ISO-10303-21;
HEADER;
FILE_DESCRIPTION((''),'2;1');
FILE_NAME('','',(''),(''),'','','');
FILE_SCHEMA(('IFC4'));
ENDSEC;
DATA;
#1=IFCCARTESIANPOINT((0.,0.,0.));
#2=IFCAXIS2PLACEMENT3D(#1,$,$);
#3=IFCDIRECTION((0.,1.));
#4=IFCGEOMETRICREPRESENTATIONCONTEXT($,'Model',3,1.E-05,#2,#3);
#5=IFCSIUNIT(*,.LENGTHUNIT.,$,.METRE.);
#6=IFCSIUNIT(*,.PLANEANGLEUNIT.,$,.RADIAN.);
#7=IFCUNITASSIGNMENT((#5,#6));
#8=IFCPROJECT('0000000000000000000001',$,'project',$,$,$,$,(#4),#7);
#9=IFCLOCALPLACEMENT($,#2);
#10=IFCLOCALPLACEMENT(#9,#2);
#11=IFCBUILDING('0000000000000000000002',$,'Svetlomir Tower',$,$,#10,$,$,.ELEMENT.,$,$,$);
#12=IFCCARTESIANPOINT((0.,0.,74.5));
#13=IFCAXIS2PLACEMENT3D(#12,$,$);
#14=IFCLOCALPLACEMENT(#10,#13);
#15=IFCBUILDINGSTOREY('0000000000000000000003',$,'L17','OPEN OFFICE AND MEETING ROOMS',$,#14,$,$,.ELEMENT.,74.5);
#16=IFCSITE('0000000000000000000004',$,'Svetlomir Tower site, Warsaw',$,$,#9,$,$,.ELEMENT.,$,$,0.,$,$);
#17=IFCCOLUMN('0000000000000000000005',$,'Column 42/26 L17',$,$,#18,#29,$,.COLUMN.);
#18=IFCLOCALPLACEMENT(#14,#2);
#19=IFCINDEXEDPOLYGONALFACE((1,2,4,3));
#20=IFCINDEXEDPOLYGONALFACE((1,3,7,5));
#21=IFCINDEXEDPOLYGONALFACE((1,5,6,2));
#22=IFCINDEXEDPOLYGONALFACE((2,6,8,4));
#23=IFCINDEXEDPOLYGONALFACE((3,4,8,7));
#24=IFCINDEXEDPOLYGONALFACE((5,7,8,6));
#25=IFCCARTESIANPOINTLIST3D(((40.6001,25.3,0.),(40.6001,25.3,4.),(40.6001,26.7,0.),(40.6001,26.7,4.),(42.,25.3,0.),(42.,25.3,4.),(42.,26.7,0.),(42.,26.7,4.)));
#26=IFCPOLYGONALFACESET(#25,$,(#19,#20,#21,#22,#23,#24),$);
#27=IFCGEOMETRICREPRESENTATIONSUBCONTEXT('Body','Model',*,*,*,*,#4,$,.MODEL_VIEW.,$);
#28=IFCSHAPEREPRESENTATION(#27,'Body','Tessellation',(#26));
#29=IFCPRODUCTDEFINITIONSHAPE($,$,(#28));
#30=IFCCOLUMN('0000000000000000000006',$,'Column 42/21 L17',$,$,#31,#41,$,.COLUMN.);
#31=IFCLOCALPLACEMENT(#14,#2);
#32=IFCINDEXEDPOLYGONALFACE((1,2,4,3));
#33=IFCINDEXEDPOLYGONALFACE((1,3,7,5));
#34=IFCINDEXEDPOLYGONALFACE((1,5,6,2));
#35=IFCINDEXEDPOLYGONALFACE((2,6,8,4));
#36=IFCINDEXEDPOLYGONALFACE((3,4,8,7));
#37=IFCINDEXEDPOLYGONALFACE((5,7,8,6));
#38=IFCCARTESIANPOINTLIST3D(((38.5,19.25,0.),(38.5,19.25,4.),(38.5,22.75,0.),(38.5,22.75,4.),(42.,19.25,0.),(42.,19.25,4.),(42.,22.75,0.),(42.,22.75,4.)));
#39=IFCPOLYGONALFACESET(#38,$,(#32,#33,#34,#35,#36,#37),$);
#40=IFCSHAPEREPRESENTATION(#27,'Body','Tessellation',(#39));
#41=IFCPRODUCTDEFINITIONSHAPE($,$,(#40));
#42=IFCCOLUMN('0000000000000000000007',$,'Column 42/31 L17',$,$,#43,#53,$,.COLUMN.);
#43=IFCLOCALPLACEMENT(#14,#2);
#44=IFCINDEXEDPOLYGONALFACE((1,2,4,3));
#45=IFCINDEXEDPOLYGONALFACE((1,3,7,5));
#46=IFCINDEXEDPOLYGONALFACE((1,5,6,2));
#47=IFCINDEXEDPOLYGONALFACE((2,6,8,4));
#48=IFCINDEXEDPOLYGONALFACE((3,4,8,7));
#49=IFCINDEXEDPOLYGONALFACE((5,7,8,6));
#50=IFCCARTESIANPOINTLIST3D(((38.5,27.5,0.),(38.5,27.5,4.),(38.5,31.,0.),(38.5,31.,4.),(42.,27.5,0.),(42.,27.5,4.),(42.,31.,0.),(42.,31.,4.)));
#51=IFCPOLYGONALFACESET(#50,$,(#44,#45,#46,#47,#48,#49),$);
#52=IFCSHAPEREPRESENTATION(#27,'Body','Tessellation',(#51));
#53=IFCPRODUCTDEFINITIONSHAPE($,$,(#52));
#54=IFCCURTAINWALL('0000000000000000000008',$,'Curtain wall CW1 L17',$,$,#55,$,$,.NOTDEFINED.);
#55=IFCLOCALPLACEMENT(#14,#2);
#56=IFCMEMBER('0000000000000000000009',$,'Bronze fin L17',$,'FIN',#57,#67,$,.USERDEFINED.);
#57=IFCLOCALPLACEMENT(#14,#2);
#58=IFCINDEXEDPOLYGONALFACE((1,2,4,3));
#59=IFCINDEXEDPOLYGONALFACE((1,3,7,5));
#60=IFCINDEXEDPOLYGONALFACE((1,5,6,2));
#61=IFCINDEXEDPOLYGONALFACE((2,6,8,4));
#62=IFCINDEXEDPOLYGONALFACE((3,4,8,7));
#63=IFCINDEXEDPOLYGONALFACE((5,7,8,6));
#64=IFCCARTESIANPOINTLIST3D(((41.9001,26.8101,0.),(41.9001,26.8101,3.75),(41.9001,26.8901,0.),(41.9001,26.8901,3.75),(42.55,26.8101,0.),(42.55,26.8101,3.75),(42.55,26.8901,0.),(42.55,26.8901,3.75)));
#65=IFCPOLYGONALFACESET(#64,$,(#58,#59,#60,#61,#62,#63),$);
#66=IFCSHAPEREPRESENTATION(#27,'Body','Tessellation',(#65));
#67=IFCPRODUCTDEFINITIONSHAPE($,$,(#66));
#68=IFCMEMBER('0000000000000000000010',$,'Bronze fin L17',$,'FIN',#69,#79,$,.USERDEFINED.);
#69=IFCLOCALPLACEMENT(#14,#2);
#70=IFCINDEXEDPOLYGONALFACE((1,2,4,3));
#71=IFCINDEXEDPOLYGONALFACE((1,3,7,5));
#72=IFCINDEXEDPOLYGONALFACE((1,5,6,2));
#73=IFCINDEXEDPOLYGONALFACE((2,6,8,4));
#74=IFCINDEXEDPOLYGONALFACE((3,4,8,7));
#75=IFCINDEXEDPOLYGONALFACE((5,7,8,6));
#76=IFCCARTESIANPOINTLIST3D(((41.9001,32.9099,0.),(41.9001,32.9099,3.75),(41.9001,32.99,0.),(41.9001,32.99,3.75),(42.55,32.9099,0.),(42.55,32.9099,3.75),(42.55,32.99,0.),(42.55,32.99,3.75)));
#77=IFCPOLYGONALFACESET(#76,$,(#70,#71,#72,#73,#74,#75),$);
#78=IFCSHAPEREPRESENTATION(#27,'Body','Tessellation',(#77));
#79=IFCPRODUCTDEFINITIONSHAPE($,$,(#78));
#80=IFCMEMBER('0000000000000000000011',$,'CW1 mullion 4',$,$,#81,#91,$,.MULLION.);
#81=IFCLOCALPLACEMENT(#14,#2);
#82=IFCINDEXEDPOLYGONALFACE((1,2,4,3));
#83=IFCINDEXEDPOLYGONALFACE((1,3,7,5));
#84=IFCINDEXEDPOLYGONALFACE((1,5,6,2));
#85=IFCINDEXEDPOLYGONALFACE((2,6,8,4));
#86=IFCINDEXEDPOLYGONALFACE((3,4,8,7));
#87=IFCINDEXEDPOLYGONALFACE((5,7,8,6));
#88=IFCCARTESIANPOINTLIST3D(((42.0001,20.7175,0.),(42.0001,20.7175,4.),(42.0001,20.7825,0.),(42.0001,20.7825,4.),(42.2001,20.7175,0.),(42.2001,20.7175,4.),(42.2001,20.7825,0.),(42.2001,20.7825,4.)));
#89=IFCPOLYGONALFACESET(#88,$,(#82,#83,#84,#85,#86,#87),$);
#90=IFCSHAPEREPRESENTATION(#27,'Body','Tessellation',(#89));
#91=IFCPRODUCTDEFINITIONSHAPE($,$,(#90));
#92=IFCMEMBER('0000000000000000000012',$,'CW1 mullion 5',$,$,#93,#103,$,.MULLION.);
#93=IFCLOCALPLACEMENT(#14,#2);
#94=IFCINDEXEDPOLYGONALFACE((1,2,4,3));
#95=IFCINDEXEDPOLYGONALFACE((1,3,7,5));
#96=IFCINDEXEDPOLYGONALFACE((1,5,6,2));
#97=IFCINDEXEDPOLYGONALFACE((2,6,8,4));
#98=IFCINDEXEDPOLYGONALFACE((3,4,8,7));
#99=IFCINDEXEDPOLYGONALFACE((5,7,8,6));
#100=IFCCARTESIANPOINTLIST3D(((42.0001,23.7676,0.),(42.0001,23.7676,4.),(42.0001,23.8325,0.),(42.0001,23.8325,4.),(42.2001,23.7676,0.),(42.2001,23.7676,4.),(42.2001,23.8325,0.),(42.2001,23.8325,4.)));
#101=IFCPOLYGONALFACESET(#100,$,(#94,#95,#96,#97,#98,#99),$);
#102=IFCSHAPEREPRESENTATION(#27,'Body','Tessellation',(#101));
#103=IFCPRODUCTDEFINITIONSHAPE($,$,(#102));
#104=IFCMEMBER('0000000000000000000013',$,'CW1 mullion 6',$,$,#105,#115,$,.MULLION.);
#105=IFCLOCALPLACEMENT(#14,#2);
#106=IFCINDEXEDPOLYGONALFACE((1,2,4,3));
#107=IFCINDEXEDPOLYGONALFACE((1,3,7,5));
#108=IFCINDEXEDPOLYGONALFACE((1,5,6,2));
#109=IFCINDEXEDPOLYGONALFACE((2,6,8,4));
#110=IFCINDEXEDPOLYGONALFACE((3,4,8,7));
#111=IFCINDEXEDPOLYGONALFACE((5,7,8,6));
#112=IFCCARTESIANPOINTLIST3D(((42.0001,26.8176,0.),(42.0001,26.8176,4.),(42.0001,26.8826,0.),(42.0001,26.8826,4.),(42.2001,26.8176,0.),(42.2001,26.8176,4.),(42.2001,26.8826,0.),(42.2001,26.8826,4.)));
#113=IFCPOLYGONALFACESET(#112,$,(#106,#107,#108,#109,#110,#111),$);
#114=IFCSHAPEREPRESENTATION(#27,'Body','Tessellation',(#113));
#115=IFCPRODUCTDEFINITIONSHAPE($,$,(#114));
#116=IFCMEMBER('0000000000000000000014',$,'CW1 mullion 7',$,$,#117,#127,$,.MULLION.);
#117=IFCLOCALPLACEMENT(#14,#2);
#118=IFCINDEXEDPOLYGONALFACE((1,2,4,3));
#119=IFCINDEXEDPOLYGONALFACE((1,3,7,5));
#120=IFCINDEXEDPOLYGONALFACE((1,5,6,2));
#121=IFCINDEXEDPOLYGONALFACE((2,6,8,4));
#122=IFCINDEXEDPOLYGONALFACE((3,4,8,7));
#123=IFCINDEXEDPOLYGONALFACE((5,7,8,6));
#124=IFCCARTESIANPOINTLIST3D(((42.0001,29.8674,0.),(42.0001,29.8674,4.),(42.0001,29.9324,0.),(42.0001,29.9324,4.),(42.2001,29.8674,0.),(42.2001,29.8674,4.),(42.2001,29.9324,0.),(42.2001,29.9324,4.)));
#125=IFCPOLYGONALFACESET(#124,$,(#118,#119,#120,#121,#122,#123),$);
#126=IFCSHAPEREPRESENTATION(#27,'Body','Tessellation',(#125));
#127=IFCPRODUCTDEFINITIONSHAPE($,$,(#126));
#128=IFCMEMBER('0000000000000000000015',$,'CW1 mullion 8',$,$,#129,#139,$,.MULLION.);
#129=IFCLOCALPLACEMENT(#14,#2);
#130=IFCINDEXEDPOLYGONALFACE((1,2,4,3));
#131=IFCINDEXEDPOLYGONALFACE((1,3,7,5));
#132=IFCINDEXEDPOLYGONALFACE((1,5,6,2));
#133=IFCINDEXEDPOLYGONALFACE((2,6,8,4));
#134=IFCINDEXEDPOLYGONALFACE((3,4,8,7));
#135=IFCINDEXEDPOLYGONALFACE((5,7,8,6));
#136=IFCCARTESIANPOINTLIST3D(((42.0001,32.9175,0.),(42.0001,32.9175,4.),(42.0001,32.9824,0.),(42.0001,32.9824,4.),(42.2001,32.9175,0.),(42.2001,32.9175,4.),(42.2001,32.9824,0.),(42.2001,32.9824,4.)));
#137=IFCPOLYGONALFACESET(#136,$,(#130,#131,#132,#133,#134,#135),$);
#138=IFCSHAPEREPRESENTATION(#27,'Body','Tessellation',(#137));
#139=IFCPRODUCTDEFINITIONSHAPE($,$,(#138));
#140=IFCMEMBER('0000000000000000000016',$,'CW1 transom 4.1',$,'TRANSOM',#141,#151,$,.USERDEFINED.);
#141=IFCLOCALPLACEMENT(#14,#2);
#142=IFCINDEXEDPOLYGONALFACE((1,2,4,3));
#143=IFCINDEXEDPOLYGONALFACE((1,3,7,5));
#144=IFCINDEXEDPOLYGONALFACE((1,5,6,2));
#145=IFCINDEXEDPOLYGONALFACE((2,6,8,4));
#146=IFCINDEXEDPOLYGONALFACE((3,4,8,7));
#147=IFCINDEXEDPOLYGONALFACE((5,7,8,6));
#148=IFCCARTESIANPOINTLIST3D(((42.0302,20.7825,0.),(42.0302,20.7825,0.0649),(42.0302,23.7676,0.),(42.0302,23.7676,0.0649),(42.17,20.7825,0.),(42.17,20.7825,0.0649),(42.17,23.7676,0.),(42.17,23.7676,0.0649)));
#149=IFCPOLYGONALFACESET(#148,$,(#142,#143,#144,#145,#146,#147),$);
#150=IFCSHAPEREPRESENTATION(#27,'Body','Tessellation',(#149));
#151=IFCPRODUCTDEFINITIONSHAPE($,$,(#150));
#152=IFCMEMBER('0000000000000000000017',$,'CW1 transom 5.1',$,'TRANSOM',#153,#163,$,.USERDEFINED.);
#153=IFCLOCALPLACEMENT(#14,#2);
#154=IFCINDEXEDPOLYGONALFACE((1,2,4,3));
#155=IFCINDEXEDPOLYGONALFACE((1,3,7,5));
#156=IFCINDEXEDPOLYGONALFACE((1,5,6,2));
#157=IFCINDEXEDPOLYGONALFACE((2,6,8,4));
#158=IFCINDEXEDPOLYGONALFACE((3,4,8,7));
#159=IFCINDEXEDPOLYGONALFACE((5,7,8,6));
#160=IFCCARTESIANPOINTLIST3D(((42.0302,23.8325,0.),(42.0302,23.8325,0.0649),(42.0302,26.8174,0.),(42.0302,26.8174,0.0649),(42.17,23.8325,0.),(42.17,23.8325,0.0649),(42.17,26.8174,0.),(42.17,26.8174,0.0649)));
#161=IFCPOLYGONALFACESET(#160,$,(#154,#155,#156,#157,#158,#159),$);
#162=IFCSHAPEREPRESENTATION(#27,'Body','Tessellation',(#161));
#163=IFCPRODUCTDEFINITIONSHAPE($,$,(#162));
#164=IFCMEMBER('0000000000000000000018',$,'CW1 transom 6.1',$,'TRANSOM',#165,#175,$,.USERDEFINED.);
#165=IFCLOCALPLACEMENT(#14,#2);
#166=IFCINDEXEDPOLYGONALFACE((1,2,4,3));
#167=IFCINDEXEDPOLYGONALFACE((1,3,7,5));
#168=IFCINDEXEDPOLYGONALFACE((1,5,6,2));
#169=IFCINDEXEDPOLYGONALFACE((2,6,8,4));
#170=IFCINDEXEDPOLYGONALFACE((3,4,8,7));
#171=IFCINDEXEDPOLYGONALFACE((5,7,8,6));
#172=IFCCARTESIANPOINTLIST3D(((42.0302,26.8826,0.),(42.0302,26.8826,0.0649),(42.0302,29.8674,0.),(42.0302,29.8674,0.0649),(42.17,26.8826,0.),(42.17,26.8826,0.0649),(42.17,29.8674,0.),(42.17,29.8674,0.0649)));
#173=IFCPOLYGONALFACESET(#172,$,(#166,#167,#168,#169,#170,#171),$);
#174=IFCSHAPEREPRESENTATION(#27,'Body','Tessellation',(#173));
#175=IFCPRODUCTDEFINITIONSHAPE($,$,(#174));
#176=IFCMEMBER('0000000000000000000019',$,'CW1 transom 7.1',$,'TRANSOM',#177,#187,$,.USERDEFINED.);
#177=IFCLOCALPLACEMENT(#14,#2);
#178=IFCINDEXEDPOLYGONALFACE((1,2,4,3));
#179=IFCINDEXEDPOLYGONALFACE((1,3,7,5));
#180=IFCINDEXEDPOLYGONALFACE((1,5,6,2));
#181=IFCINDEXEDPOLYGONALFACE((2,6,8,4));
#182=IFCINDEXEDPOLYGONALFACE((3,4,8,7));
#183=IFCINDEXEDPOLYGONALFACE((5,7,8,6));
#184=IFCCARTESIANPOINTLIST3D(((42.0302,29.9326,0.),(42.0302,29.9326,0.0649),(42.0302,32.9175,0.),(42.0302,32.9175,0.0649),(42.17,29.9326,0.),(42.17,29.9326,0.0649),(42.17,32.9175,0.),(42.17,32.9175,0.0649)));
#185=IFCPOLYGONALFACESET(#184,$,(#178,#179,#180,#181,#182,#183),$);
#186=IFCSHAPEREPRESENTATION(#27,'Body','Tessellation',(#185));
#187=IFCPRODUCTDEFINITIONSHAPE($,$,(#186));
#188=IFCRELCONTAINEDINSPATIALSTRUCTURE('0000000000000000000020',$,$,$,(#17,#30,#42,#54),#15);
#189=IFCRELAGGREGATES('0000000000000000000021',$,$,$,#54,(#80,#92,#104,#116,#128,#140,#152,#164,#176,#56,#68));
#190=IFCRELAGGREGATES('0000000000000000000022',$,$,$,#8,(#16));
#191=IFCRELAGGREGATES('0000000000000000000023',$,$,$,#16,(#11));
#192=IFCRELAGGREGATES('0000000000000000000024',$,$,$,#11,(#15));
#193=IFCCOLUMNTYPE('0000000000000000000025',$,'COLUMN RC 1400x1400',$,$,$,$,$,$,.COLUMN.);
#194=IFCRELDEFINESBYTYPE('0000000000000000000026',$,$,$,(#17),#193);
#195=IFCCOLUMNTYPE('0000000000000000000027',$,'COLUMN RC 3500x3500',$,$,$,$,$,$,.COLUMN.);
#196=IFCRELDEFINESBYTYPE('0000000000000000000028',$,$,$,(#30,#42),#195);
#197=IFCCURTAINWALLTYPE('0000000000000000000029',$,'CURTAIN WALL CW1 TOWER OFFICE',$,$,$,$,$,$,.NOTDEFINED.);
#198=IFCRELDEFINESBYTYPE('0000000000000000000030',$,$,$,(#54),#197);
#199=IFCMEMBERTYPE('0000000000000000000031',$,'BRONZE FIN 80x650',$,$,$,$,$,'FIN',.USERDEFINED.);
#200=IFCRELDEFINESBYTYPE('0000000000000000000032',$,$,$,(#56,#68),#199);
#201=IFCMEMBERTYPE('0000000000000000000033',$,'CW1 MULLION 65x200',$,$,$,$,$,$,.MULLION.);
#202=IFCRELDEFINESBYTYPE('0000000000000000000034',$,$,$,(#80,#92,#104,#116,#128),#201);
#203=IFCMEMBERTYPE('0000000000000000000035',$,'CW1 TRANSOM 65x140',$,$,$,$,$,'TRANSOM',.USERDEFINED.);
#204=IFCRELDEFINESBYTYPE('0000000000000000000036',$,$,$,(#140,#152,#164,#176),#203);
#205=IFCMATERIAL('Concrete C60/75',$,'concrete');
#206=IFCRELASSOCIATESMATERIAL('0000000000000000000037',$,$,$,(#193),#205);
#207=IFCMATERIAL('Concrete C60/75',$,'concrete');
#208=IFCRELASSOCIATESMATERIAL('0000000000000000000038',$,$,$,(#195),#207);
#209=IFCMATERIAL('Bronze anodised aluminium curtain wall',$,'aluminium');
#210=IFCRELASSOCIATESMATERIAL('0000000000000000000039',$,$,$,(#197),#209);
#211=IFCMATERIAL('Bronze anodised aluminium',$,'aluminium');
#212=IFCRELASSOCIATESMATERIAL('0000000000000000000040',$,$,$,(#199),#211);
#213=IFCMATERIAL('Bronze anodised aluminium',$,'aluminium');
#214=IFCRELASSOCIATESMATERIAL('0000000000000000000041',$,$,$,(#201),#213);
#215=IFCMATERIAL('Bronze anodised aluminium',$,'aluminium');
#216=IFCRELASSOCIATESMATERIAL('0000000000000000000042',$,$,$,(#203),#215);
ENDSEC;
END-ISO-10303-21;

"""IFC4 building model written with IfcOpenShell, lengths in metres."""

from ifc_helpers import new_model, si_unit, direction, frame, origin, origin_2d, place, context, subcontext, project, spatial, rectangle, extrude, material, material_profile, profile_set, type_object, element, aggregate, save


model = new_model("IFC4")

# Units and contexts
model_context = context("Model", 3, precision=1e-05, world=origin(), true_north=direction((0.0, 1.0)))
body_context = subcontext(model_context, "Body", "Model", "MODEL_VIEW")
ifc_project = project(units=[si_unit("LENGTHUNIT", "METRE"), si_unit("PLANEANGLEUNIT", "RADIAN")], contexts=[model_context])

# Site, building, storey
site_placement = place(None, origin())
site = spatial("IfcSite", under=ifc_project, at=site_placement, Name="Svetlomir Tower site, Warsaw", CompositionType="ELEMENT", RefElevation=0.0)
building_placement = place(site_placement, origin())
building = spatial("IfcBuilding", under=site, at=building_placement, Name="Svetlomir Tower", CompositionType="ELEMENT")
storey_placement = place(building_placement, frame((0.0, 0.0, 74.5)))
storey = spatial("IfcBuildingStorey", under=building, at=storey_placement, Name="L17", Description="OPEN OFFICE AND MEETING ROOMS", CompositionType="ELEMENT", Elevation=74.5)

# Columns
ifc_material_1 = material(Name="Concrete C60/75", Category="concrete")
ifc_material_profile_1 = material_profile(ifc_material_1, rectangle(XDim=1.3999, YDim=1.3999, at=origin_2d()), Name="RC 1400x1400")
ifc_profile_set_1 = profile_set([ifc_material_profile_1], Name="Concrete C60/75")
column_type_1 = type_object("IfcColumnType", Name="COLUMN RC 1400x1400", PredefinedType="COLUMN", material=ifc_profile_set_1)
column_placement = place(storey_placement, frame((41.3, 26.0, 0.0), z_axis=(0.0, 0.0, 1.0), x_axis=(1.0, 0.0, 0.0)))
element("IfcColumn", 1, at=column_placement, inside=storey, type_object=column_type_1, Name="Column 42/26 L17", PredefinedType="COLUMN", context=body_context, shape_type="SweptSolid", body=[
    extrude(rectangle(XDim=1.3999, YDim=1.3999, at=origin_2d()), origin(), (0.0, 0.0, 1.0), 4.0),
])
ifc_material_2 = material(Name="Concrete C60/75", Category="concrete")
ifc_material_profile_2 = material_profile(ifc_material_2, rectangle(XDim=3.5, YDim=3.5, at=origin_2d()), Name="RC 3500x3500")
ifc_profile_set_2 = profile_set([ifc_material_profile_2], Name="Concrete C60/75")
column_type_2 = type_object("IfcColumnType", Name="COLUMN RC 3500x3500", PredefinedType="COLUMN", material=ifc_profile_set_2)
for number, where, z_axis, x_axis, name in (
    (2, (40.25, 21.0, 0.0), (0.0, 0.0, 1.0), (1.0, 0.0, 0.0), "Column 42/21 L17"),
    (3, (40.25, 29.25, 0.0), (0.0, 0.0, 1.0), (1.0, 0.0, 0.0), "Column 42/31 L17"),
):
    element("IfcColumn", number, at=place(storey_placement, frame(where, z_axis=z_axis, x_axis=x_axis)), inside=storey, type_object=column_type_2, Name=name, PredefinedType="COLUMN", context=body_context, shape_type="SweptSolid", body=[
        extrude(rectangle(XDim=3.5, YDim=3.5, at=origin_2d()), origin(), (0.0, 0.0, 1.0), 4.0),
    ])

# Curtain wall, members
ifc_material_3 = material(Name="Bronze anodised aluminium curtain wall", Category="aluminium")
curtain_wall_type = type_object("IfcCurtainWallType", Name="CURTAIN WALL CW1 TOWER OFFICE", PredefinedType="NOTDEFINED", material=ifc_material_3)
curtain_wall_placement = place(storey_placement, origin())
curtain_wall = element("IfcCurtainWall", 4, at=curtain_wall_placement, inside=storey, type_object=curtain_wall_type, Name="Curtain wall CW1 L17", PredefinedType="NOTDEFINED")
ifc_material_4 = material(Name="Bronze anodised aluminium", Category="aluminium")
ifc_material_profile_3 = material_profile(ifc_material_4, rectangle(XDim=0.0801, YDim=0.6499, at=origin_2d()), Name="FIN 80x650")
ifc_profile_set_3 = profile_set([ifc_material_profile_3], Name="Bronze anodised aluminium 6063-T6")
member_type_1 = type_object("IfcMemberType", Name="BRONZE FIN 80x650", ElementType="FIN", PredefinedType="USERDEFINED", material=ifc_profile_set_3)
member_1_placement = place(storey_placement, frame((42.2251, 26.8501, 0.0), z_axis=(0.0, 0.0, 1.0), x_axis=(0.0, 1.0, 0.0)))
member_1 = element("IfcMember", 5, at=member_1_placement, type_object=member_type_1, Name="Bronze fin L17", ObjectType="FIN", PredefinedType="USERDEFINED", context=body_context, shape_type="SweptSolid", body=[
    extrude(rectangle(XDim=0.0801, YDim=0.6499, at=origin_2d()), origin(), (0.0, 0.0, 1.0), 3.75),
])
member_2_placement = place(storey_placement, frame((42.2251, 32.95, 0.0), z_axis=(0.0, 0.0, 1.0), x_axis=(0.0, 1.0, 0.0)))
member_2 = element("IfcMember", 6, at=member_2_placement, type_object=member_type_1, Name="Bronze fin L17", ObjectType="FIN", PredefinedType="USERDEFINED", context=body_context, shape_type="SweptSolid", body=[
    extrude(rectangle(XDim=0.0801, YDim=0.6499, at=origin_2d()), origin(), (0.0, 0.0, 1.0), 3.75),
])
ifc_material_5 = material(Name="Bronze anodised aluminium", Category="aluminium")
ifc_material_profile_4 = material_profile(ifc_material_5, rectangle(XDim=0.0649, YDim=0.2, at=origin_2d()), Name="AL 65x200")
ifc_profile_set_4 = profile_set([ifc_material_profile_4], Name="Bronze anodised aluminium 6063-T6")
member_type_2 = type_object("IfcMemberType", Name="CW1 MULLION 65x200", PredefinedType="MULLION", material=ifc_profile_set_4)
member_3_placement = place(storey_placement, frame((42.1001, 20.75, 0.0), z_axis=(0.0, 0.0, 1.0), x_axis=(0.0, 1.0, 0.0)))
member_3 = element("IfcMember", 7, at=member_3_placement, type_object=member_type_2, Name="CW1 mullion 4", PredefinedType="MULLION", context=body_context, shape_type="SweptSolid", body=[
    extrude(rectangle(XDim=0.0649, YDim=0.2, at=origin_2d()), origin(), (0.0, 0.0, 1.0), 4.0),
])
member_4_placement = place(storey_placement, frame((42.1001, 23.8, 0.0), z_axis=(0.0, 0.0, 1.0), x_axis=(0.0, 1.0, 0.0)))
member_4 = element("IfcMember", 8, at=member_4_placement, type_object=member_type_2, Name="CW1 mullion 5", PredefinedType="MULLION", context=body_context, shape_type="SweptSolid", body=[
    extrude(rectangle(XDim=0.0649, YDim=0.2, at=origin_2d()), origin(), (0.0, 0.0, 1.0), 4.0),
])
member_5_placement = place(storey_placement, frame((42.1001, 26.8501, 0.0), z_axis=(0.0, 0.0, 1.0), x_axis=(0.0, 1.0, 0.0)))
member_5 = element("IfcMember", 9, at=member_5_placement, type_object=member_type_2, Name="CW1 mullion 6", PredefinedType="MULLION", context=body_context, shape_type="SweptSolid", body=[
    extrude(rectangle(XDim=0.0649, YDim=0.2, at=origin_2d()), origin(), (0.0, 0.0, 1.0), 4.0),
])
member_6_placement = place(storey_placement, frame((42.1001, 29.8999, 0.0), z_axis=(0.0, 0.0, 1.0), x_axis=(0.0, 1.0, 0.0)))
member_6 = element("IfcMember", 10, at=member_6_placement, type_object=member_type_2, Name="CW1 mullion 7", PredefinedType="MULLION", context=body_context, shape_type="SweptSolid", body=[
    extrude(rectangle(XDim=0.0649, YDim=0.2, at=origin_2d()), origin(), (0.0, 0.0, 1.0), 4.0),
])
member_7_placement = place(storey_placement, frame((42.1001, 32.95, 0.0), z_axis=(0.0, 0.0, 1.0), x_axis=(0.0, 1.0, 0.0)))
member_7 = element("IfcMember", 11, at=member_7_placement, type_object=member_type_2, Name="CW1 mullion 8", PredefinedType="MULLION", context=body_context, shape_type="SweptSolid", body=[
    extrude(rectangle(XDim=0.0649, YDim=0.2, at=origin_2d()), origin(), (0.0, 0.0, 1.0), 4.0),
])
ifc_material_6 = material(Name="Bronze anodised aluminium", Category="aluminium")
ifc_material_profile_5 = material_profile(ifc_material_6, rectangle(XDim=0.1399, YDim=0.0649, at=origin_2d()), Name="AL 140x65")
ifc_profile_set_5 = profile_set([ifc_material_profile_5], Name="Bronze anodised aluminium 6063-T6")
member_type_3 = type_object("IfcMemberType", Name="CW1 TRANSOM 65x140", ElementType="TRANSOM", PredefinedType="USERDEFINED", material=ifc_profile_set_5)
member_8_placement = place(storey_placement, frame((42.1001, 20.7825, 0.0325), z_axis=(0.0, 1.0, 0.0), x_axis=(-1.0, 0.0, 0.0)))
member_8 = element("IfcMember", 12, at=member_8_placement, type_object=member_type_3, Name="CW1 transom 4.1", ObjectType="TRANSOM", PredefinedType="USERDEFINED", context=body_context, shape_type="SweptSolid", body=[
    extrude(rectangle(XDim=0.1399, YDim=0.0649, at=origin_2d()), origin(), (0.0, 0.0, 1.0), 2.9851),
])
member_9_placement = place(storey_placement, frame((42.1001, 23.8325, 0.0325), z_axis=(0.0, 1.0, 0.0), x_axis=(-1.0, 0.0, 0.0)))
member_9 = element("IfcMember", 13, at=member_9_placement, type_object=member_type_3, Name="CW1 transom 5.1", ObjectType="TRANSOM", PredefinedType="USERDEFINED", context=body_context, shape_type="SweptSolid", body=[
    extrude(rectangle(XDim=0.1399, YDim=0.0649, at=origin_2d()), origin(), (0.0, 0.0, 1.0), 2.9849),
])
member_10_placement = place(storey_placement, frame((42.1001, 26.8826, 0.0325), z_axis=(0.0, 1.0, 0.0), x_axis=(-1.0, 0.0, 0.0)))
member_10 = element("IfcMember", 14, at=member_10_placement, type_object=member_type_3, Name="CW1 transom 6.1", ObjectType="TRANSOM", PredefinedType="USERDEFINED", context=body_context, shape_type="SweptSolid", body=[
    extrude(rectangle(XDim=0.1399, YDim=0.0649, at=origin_2d()), origin(), (0.0, 0.0, 1.0), 2.9849),
])
member_11_placement = place(storey_placement, frame((42.1001, 29.9326, 0.0325), z_axis=(0.0, 1.0, 0.0), x_axis=(-1.0, 0.0, 0.0)))
member_11 = element("IfcMember", 15, at=member_11_placement, type_object=member_type_3, Name="CW1 transom 7.1", ObjectType="TRANSOM", PredefinedType="USERDEFINED", context=body_context, shape_type="SweptSolid", body=[
    extrude(rectangle(XDim=0.1399, YDim=0.0649, at=origin_2d()), origin(), (0.0, 0.0, 1.0), 2.9849),
])

aggregate(curtain_wall, [member_3, member_4, member_5, member_6, member_7, member_8, member_9, member_10, member_11, member_1, member_2])

save(model, "model.ifc")
